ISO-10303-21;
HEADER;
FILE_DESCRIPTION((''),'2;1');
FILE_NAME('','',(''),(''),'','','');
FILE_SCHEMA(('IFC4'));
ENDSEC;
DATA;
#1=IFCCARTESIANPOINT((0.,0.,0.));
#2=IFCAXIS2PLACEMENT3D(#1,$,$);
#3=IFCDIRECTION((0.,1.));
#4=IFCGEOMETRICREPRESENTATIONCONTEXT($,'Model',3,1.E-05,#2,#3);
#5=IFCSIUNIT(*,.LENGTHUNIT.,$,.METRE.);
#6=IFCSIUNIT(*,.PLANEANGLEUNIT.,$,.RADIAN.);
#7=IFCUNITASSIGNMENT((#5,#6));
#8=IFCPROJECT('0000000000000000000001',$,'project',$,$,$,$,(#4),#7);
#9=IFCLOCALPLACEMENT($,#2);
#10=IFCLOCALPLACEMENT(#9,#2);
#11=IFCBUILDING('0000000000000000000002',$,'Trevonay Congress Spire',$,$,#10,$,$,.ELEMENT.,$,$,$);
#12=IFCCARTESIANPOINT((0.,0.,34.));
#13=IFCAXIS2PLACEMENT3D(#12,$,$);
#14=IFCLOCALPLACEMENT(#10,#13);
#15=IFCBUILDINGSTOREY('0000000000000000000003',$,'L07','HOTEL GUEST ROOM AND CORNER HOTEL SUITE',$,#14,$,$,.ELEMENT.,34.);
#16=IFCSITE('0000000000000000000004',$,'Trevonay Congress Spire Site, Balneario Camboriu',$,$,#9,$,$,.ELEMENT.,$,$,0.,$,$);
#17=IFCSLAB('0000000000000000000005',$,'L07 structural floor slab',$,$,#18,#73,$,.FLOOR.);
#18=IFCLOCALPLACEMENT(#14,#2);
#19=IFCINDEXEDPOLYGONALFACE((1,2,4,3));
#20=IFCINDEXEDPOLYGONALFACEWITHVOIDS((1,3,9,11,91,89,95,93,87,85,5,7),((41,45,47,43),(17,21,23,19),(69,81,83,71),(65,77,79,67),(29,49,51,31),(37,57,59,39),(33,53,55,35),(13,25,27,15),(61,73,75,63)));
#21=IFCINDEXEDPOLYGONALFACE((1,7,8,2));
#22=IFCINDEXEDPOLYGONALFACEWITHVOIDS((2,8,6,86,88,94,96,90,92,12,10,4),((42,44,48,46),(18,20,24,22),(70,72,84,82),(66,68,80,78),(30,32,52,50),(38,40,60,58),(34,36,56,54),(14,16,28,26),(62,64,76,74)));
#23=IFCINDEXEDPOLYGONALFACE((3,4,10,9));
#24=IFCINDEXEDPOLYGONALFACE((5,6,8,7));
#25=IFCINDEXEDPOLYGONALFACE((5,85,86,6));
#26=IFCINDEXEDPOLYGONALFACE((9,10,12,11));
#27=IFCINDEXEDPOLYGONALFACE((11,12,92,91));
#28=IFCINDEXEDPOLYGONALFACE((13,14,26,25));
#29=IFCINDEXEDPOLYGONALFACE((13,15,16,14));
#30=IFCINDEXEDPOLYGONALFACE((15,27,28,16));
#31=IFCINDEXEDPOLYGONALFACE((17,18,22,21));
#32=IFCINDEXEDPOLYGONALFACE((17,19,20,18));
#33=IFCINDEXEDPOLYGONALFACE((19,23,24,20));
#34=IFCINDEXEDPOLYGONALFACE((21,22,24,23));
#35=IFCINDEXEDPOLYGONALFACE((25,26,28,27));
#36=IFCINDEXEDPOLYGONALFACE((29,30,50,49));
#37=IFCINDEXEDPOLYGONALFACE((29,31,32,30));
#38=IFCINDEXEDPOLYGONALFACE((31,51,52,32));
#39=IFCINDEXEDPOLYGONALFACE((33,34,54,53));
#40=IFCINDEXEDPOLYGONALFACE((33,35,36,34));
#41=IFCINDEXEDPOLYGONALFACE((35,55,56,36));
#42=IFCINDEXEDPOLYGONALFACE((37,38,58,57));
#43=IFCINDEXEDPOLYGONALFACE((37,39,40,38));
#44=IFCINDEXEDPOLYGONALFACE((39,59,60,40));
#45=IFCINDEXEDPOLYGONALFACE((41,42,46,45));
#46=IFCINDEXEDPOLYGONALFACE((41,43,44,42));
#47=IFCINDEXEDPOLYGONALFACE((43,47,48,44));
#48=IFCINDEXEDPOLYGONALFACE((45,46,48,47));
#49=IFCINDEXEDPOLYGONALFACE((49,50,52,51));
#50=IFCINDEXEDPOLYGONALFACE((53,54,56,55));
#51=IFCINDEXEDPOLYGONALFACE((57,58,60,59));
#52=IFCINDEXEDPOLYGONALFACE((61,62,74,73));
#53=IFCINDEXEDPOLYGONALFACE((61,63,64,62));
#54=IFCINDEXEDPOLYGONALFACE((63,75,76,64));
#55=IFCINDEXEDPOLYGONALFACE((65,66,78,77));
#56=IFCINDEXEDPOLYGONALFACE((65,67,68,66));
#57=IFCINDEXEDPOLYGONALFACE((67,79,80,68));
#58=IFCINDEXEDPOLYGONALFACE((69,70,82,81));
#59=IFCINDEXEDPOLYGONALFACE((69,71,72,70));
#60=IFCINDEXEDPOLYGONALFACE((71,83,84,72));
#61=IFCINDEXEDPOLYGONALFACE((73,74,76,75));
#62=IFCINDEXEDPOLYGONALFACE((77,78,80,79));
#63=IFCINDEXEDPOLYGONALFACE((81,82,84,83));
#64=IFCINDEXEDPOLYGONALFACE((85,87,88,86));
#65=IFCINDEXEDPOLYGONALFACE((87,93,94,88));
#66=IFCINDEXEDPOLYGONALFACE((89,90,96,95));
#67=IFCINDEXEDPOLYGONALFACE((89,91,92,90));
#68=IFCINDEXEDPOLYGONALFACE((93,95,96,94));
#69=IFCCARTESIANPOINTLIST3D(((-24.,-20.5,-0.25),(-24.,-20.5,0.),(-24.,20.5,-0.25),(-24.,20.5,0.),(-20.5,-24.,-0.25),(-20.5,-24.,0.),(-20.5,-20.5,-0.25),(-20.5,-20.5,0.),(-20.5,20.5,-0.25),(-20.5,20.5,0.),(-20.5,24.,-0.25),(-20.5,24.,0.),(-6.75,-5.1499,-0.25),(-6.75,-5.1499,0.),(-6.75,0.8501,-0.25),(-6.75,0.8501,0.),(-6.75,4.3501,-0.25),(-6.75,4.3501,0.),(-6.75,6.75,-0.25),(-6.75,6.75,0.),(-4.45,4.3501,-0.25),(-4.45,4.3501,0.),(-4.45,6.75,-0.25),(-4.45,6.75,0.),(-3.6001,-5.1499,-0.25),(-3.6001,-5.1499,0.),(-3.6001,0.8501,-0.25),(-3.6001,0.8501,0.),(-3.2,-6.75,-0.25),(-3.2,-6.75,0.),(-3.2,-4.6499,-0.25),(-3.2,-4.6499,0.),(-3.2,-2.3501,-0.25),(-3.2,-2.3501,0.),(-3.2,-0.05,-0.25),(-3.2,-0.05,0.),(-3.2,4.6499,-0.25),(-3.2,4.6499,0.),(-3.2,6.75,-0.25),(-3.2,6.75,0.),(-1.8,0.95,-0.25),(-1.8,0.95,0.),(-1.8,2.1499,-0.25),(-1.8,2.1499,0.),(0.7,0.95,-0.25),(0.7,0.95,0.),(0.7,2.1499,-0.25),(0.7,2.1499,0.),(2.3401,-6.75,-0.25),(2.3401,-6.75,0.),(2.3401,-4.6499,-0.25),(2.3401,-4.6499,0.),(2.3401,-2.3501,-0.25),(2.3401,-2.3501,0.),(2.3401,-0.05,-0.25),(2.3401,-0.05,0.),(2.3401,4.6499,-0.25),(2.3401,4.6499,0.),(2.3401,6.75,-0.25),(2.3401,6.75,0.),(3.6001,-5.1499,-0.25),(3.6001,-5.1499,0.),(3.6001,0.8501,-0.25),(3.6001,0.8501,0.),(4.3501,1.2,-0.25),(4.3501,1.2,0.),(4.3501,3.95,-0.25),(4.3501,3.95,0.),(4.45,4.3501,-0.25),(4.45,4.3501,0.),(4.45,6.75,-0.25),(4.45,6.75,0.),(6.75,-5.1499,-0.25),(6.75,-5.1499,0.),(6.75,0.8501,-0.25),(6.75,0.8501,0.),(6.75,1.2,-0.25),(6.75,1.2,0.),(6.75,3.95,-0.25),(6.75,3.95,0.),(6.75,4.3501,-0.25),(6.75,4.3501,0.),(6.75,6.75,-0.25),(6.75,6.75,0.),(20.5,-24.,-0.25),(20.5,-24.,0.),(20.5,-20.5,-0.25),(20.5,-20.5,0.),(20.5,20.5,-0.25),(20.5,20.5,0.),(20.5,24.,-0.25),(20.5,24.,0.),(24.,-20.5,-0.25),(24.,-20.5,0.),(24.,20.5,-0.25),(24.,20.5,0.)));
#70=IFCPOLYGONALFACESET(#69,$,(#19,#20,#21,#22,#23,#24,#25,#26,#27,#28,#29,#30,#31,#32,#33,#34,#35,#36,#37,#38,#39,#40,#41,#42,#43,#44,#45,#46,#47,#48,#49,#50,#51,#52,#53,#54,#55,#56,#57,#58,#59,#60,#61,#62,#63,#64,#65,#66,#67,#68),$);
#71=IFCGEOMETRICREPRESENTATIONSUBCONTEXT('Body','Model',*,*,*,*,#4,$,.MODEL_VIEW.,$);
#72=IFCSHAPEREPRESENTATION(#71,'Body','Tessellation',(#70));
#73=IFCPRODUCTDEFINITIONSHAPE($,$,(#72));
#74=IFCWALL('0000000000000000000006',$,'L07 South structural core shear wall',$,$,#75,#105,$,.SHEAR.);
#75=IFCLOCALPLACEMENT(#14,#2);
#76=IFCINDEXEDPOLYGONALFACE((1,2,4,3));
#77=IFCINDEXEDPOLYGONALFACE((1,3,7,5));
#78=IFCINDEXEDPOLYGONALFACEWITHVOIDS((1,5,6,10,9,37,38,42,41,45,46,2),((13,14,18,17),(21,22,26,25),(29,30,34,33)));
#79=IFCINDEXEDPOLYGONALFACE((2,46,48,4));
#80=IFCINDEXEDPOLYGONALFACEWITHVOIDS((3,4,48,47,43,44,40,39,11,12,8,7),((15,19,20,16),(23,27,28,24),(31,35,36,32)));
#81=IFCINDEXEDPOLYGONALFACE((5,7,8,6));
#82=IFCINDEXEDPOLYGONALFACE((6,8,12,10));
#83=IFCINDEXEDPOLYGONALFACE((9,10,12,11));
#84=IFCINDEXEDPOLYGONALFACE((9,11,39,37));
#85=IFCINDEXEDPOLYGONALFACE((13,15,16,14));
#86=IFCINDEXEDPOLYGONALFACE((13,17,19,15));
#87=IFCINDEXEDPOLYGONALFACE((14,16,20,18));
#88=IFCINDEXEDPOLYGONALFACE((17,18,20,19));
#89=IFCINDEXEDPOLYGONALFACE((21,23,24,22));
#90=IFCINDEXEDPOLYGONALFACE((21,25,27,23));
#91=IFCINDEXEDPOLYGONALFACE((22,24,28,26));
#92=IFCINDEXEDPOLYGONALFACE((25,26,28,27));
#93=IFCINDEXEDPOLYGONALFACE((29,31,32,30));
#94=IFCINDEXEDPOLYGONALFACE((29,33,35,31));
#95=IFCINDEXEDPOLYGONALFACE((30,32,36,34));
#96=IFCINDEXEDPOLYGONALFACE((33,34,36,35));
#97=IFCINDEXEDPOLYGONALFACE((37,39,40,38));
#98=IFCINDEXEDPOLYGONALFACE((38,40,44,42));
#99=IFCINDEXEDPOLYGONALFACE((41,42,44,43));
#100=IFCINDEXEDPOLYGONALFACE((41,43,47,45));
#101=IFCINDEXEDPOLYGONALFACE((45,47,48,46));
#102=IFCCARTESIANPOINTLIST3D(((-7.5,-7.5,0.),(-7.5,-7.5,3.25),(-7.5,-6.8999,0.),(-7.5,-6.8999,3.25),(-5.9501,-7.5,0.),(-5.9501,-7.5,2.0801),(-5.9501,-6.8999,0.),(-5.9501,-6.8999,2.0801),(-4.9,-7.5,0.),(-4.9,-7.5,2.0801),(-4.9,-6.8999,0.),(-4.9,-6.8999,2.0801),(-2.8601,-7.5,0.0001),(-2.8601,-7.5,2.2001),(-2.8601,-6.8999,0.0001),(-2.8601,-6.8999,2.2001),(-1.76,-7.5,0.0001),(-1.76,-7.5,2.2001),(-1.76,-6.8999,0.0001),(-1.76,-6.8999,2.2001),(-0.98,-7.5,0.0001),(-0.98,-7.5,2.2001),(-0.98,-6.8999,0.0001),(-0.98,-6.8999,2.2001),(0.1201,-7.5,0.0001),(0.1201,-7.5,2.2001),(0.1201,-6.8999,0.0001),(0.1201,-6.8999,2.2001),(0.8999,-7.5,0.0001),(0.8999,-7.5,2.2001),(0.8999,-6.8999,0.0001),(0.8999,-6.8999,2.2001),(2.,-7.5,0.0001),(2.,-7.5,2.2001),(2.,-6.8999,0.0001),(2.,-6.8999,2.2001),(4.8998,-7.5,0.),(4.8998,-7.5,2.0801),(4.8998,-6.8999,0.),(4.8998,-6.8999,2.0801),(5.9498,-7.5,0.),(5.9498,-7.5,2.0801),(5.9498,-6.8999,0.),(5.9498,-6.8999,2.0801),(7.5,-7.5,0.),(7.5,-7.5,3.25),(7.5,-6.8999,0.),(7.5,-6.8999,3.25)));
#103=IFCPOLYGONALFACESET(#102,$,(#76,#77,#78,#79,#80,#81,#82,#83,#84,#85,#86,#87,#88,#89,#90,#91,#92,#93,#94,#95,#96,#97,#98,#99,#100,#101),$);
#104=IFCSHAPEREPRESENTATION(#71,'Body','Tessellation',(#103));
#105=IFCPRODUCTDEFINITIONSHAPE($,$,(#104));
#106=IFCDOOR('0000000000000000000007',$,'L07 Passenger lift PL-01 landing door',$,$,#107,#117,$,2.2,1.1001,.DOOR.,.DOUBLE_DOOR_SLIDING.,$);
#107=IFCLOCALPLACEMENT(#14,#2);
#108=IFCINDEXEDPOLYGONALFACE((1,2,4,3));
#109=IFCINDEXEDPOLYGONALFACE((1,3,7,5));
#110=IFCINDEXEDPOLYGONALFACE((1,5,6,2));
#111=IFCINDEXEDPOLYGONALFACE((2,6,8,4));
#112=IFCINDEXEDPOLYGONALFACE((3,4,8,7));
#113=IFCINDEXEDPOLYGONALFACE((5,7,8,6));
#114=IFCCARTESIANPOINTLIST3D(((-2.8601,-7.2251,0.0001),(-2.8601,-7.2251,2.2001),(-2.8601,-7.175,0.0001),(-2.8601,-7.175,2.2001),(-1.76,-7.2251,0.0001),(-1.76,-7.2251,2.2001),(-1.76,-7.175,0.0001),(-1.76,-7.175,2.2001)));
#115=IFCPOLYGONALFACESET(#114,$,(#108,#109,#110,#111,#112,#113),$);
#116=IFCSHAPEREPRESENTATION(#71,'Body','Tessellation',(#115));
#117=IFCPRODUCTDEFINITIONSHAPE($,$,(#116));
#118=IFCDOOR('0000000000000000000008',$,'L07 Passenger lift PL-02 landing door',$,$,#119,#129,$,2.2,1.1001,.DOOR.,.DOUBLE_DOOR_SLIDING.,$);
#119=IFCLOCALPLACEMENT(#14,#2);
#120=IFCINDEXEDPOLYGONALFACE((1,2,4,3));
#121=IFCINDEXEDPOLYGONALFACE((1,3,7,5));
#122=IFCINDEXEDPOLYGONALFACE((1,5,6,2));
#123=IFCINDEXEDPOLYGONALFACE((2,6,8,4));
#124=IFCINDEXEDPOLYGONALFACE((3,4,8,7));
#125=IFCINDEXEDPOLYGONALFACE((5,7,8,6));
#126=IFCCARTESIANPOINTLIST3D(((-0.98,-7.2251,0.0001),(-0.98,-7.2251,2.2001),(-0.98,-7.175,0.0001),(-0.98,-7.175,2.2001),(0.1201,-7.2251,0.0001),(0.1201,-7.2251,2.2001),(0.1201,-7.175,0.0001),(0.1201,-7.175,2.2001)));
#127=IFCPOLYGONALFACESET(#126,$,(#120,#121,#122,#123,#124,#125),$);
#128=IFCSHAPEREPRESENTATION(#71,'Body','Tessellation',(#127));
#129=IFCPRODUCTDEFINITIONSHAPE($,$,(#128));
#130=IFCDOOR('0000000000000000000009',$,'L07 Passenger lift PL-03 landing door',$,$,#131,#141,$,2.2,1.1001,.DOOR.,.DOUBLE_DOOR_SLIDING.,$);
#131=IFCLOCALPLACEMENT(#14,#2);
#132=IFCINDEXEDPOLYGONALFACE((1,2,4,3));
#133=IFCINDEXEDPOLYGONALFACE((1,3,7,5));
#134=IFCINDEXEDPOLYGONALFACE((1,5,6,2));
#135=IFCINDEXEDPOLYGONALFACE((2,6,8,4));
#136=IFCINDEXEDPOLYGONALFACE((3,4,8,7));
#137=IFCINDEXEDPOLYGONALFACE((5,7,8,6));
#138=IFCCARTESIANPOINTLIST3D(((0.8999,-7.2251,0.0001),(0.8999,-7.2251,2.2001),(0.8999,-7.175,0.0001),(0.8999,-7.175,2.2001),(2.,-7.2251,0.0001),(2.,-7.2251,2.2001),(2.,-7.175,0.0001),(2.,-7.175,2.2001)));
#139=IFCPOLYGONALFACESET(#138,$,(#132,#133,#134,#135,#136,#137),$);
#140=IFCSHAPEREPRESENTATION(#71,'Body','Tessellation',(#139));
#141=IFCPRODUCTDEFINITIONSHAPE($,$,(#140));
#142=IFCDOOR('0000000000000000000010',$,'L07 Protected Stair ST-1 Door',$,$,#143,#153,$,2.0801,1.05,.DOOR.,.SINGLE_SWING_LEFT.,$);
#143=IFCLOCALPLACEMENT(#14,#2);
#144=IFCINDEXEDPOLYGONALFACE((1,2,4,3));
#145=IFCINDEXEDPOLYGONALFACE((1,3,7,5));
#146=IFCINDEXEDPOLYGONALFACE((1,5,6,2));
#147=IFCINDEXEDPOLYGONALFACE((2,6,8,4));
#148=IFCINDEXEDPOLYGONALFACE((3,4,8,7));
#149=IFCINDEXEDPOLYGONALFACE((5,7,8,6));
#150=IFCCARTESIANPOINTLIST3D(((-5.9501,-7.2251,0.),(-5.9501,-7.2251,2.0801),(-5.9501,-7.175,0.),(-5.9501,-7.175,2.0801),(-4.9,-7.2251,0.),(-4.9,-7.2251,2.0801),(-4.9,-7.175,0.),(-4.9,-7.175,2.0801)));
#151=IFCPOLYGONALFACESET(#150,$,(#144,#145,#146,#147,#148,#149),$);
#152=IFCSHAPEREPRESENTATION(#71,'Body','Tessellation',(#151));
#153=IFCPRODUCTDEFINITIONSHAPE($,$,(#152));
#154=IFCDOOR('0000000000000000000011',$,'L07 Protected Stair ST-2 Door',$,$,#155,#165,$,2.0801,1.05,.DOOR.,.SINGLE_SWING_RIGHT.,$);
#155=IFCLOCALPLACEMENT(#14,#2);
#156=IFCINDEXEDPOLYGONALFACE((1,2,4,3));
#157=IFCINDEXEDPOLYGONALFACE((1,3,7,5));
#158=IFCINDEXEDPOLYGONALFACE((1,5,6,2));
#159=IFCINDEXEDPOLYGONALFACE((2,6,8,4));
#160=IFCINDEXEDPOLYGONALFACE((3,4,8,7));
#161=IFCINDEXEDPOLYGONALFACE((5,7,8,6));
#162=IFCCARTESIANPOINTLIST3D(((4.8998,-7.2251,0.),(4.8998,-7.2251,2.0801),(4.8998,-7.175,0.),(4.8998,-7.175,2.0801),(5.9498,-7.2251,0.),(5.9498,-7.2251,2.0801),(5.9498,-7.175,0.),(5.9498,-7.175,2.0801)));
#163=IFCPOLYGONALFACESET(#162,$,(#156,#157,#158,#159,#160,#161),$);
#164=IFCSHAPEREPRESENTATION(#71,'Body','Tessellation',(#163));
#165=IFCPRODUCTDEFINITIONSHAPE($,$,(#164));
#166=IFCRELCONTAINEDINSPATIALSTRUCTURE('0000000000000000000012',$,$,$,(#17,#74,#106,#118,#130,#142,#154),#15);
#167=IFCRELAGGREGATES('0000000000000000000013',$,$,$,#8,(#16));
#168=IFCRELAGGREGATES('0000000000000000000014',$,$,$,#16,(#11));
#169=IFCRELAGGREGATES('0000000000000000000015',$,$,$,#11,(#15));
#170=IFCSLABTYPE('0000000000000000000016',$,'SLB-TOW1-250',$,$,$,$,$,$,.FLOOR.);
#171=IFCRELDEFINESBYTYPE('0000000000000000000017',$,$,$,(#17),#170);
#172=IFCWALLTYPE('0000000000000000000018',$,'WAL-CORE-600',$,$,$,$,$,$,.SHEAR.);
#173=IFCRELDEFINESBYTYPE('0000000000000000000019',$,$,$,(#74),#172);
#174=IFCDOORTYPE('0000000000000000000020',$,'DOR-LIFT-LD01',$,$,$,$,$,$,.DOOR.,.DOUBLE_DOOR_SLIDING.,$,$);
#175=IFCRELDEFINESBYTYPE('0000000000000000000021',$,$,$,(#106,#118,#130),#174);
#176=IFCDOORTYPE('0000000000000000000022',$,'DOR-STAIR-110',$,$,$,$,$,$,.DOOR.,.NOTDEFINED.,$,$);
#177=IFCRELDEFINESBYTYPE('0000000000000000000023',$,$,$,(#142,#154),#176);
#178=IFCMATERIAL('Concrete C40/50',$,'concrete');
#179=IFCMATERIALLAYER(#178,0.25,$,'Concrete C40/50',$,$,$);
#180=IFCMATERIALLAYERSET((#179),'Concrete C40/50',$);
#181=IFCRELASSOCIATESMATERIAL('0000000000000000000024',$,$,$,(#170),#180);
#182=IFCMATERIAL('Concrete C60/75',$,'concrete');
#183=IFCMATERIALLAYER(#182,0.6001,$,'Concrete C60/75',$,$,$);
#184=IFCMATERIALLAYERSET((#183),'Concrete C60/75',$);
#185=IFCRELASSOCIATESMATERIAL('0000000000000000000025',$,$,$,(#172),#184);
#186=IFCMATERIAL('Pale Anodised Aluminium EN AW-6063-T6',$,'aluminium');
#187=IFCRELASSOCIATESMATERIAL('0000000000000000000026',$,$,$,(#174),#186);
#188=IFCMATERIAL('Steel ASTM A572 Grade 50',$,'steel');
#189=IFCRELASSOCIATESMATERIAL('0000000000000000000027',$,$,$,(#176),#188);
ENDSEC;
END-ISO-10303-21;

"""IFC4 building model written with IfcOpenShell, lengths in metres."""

from ifc_helpers import new_model, si_unit, direction, frame, frame_2d, origin, place, context, subcontext, project, spatial, polyline, rectangle, outline, extrude, material, layer, layer_set, type_object, element, fill, save


model = new_model("IFC4")

# Units and contexts
model_context = context("Model", 3, precision=1e-05, world=origin(), true_north=direction((0.0, 1.0)))
body_context = subcontext(model_context, "Body", "Model", "MODEL_VIEW")
ifc_project = project(units=[si_unit("LENGTHUNIT", "METRE"), si_unit("PLANEANGLEUNIT", "RADIAN")], contexts=[model_context])

# Site, building, storey
site_placement = place(None, origin())
site = spatial("IfcSite", under=ifc_project, at=site_placement, Name="Trevonay Congress Spire Site, Balneario Camboriu", CompositionType="ELEMENT", RefElevation=0.0)
building_placement = place(site_placement, origin())
building = spatial("IfcBuilding", under=site, at=building_placement, Name="Trevonay Congress Spire", CompositionType="ELEMENT")
storey_placement = place(building_placement, frame((0.0, 0.0, 34.0)))
storey = spatial("IfcBuildingStorey", under=building, at=storey_placement, Name="L07", Description="HOTEL GUEST ROOM AND CORNER HOTEL SUITE", CompositionType="ELEMENT", Elevation=34.0)

# Shared definitions
ifc_material_1 = material(Name="Steel ASTM A572 Grade 50", Category="steel")

# Shared definitions
ifc_material_2 = material(Name="Concrete C40/50", Category="concrete")

# Slab
ifc_layer_1 = layer(ifc_material_2, 0.25, Name="Concrete C40/50")
ifc_layer_set_1 = layer_set([ifc_layer_1], Name="Concrete C40/50")
slab_type_1 = type_object("IfcSlabType", Name="SLB-TOW1-250", PredefinedType="FLOOR", material=ifc_layer_set_1)
slab_1_placement = place(storey_placement, frame((0.0, 0.0, -0.25)))
element("IfcSlab", 1, at=slab_1_placement, inside=storey, type_object=slab_type_1, Name="L07 structural floor slab", PredefinedType="FLOOR", context=body_context, shape_type="SweptSolid", body=[
    extrude(outline(polyline([(-20.5, -24.0), (20.5, -24.0), (20.5, -20.5), (24.0, -20.5), (24.0, 20.5), (20.5, 20.5), (20.5, 24.0), (-20.5, 24.0), (-20.5, 20.5), (-24.0, 20.5), (-24.0, -20.5), (-20.5, -20.5), (-20.5, -24.0)]), holes=[polyline([(-3.6001, -5.1499), (-3.6001, 0.8501), (-6.75, 0.8501), (-6.75, -5.1499), (-3.6001, -5.1499)]), polyline([(6.75, -5.1499), (6.75, 0.8501), (3.6001, 0.8501), (3.6001, -5.1499), (6.75, -5.1499)]), polyline([(-3.2, -6.75), (2.3401, -6.75), (2.3401, -4.6499), (-3.2, -4.6499), (-3.2, -6.75)]), polyline([(-3.2, -2.3501), (2.3401, -2.3501), (2.3401, -0.05), (-3.2, -0.05), (-3.2, -2.3501)]), polyline([(-3.2, 4.6499), (2.3401, 4.6499), (2.3401, 6.75), (-3.2, 6.75), (-3.2, 4.6499)]), polyline([(-6.75, 4.3501), (-4.45, 4.3501), (-4.45, 6.75), (-6.75, 6.75), (-6.75, 4.3501)]), polyline([(4.45, 4.3501), (6.75, 4.3501), (6.75, 6.75), (4.45, 6.75), (4.45, 4.3501)]), polyline([(4.3501, 1.2), (6.75, 1.2), (6.75, 3.95), (4.3501, 3.95), (4.3501, 1.2)]), polyline([(-1.8, 0.95), (0.7, 0.95), (0.7, 2.1499), (-1.8, 2.1499), (-1.8, 0.95)])]), origin(), (0.0, 0.0, 1.0), 0.25),
])

# Wall, openings, doors
ifc_material_3 = material(Name="Concrete C60/75", Category="concrete")
ifc_layer_2 = layer(ifc_material_3, 0.6001, Name="Concrete C60/75")
ifc_layer_set_2 = layer_set([ifc_layer_2], Name="Concrete C60/75")
wall_type_1 = type_object("IfcWallType", Name="WAL-CORE-600", PredefinedType="SHEAR", material=ifc_layer_set_2)
wall_1_placement = place(storey_placement, frame((-7.5, -7.2, 0.0), z_axis=(0.0, 0.0, 1.0), x_axis=(1.0, 0.0, 0.0)))
wall_1 = element("IfcWall", 2, at=wall_1_placement, inside=storey, type_object=wall_type_1, Name="L07 South structural core shear wall", PredefinedType="SHEAR", context=body_context, shape_type="SweptSolid", body=[
    extrude(rectangle(XDim=15.0, YDim=0.6001, at=frame_2d((7.5, 0.0))), origin(), (0.0, 0.0, 1.0), 3.25),
])
opening_1_placement = place(wall_1_placement, frame((1.55, 0.0, 0.0)))
opening_1 = element("IfcOpeningElement", 3, at=opening_1_placement, cuts=wall_1, PredefinedType="OPENING", context=body_context, shape_type="SweptSolid", body=[
    extrude(rectangle(XDim=1.05, YDim=2.0801, at=frame_2d((0.5249, 1.04))), frame((0.0, 0.3101, 0.0), z_axis=(0.0, -1.0, 0.0), x_axis=(1.0, 0.0, 0.0)), (0.0, 0.0, 1.0), 0.6201),
])
opening_2_placement = place(wall_1_placement, frame((12.3999, 0.0, 0.0)))
opening_2 = element("IfcOpeningElement", 4, at=opening_2_placement, cuts=wall_1, PredefinedType="OPENING", context=body_context, shape_type="SweptSolid", body=[
    extrude(rectangle(XDim=1.05, YDim=2.0801, at=frame_2d((0.5249, 1.04))), frame((0.0, 0.3101, 0.0), z_axis=(0.0, -1.0, 0.0), x_axis=(1.0, 0.0, 0.0)), (0.0, 0.0, 1.0), 0.6201),
])
opening_3_placement = place(wall_1_placement, frame((4.6399, 0.0, 0.0)))
opening_3 = element("IfcOpeningElement", 5, at=opening_3_placement, cuts=wall_1, PredefinedType="OPENING", context=body_context, shape_type="SweptSolid", body=[
    extrude(rectangle(XDim=1.1001, YDim=2.2, at=frame_2d((0.55, 1.1001))), frame((0.0, 0.3101, 0.0), z_axis=(0.0, -1.0, 0.0), x_axis=(1.0, 0.0, 0.0)), (0.0, 0.0, 1.0), 0.6201),
])
opening_4_placement = place(wall_1_placement, frame((6.52, 0.0, 0.0)))
opening_4 = element("IfcOpeningElement", 6, at=opening_4_placement, cuts=wall_1, PredefinedType="OPENING", context=body_context, shape_type="SweptSolid", body=[
    extrude(rectangle(XDim=1.1001, YDim=2.2, at=frame_2d((0.55, 1.1001))), frame((0.0, 0.3101, 0.0), z_axis=(0.0, -1.0, 0.0), x_axis=(1.0, 0.0, 0.0)), (0.0, 0.0, 1.0), 0.6201),
])
opening_5_placement = place(wall_1_placement, frame((8.3999, 0.0, 0.0)))
opening_5 = element("IfcOpeningElement", 7, at=opening_5_placement, cuts=wall_1, PredefinedType="OPENING", context=body_context, shape_type="SweptSolid", body=[
    extrude(rectangle(XDim=1.1001, YDim=2.2, at=frame_2d((0.55, 1.1001))), frame((0.0, 0.3101, 0.0), z_axis=(0.0, -1.0, 0.0), x_axis=(1.0, 0.0, 0.0)), (0.0, 0.0, 1.0), 0.6201),
])
ifc_material_4 = material(Name="Pale Anodised Aluminium EN AW-6063-T6", Category="aluminium")
door_type_1 = type_object("IfcDoorType", Name="DOR-LIFT-LD01", OperationType="DOUBLE_DOOR_SLIDING", PredefinedType="DOOR", material=ifc_material_4)
door_1_placement = place(opening_3_placement, origin())
door_1 = element("IfcDoor", 8, at=door_1_placement, inside=storey, type_object=door_type_1, Name="L07 Passenger lift PL-01 landing door", OperationType="DOUBLE_DOOR_SLIDING", OverallHeight=2.2, OverallWidth=1.1001, PredefinedType="DOOR", context=body_context, shape_type="SweptSolid", body=[
    extrude(rectangle(XDim=1.1001, YDim=2.2, at=frame_2d((0.55, 1.1001))), frame((0.0, 0.0249, 0.0), z_axis=(0.0, -1.0, 0.0), x_axis=(1.0, 0.0, 0.0)), (0.0, 0.0, 1.0), 0.05),
])
fill(opening_3, door_1)
door_2_placement = place(opening_4_placement, origin())
door_2 = element("IfcDoor", 9, at=door_2_placement, inside=storey, type_object=door_type_1, Name="L07 Passenger lift PL-02 landing door", OperationType="DOUBLE_DOOR_SLIDING", OverallHeight=2.2, OverallWidth=1.1001, PredefinedType="DOOR", context=body_context, shape_type="SweptSolid", body=[
    extrude(rectangle(XDim=1.1001, YDim=2.2, at=frame_2d((0.55, 1.1001))), frame((0.0, 0.0249, 0.0), z_axis=(0.0, -1.0, 0.0), x_axis=(1.0, 0.0, 0.0)), (0.0, 0.0, 1.0), 0.05),
])
fill(opening_4, door_2)
door_3_placement = place(opening_5_placement, origin())
door_3 = element("IfcDoor", 10, at=door_3_placement, inside=storey, type_object=door_type_1, Name="L07 Passenger lift PL-03 landing door", OperationType="DOUBLE_DOOR_SLIDING", OverallHeight=2.2, OverallWidth=1.1001, PredefinedType="DOOR", context=body_context, shape_type="SweptSolid", body=[
    extrude(rectangle(XDim=1.1001, YDim=2.2, at=frame_2d((0.55, 1.1001))), frame((0.0, 0.0249, 0.0), z_axis=(0.0, -1.0, 0.0), x_axis=(1.0, 0.0, 0.0)), (0.0, 0.0, 1.0), 0.05),
])
fill(opening_5, door_3)
door_type_2 = type_object("IfcDoorType", Name="DOR-STAIR-110", OperationType="NOTDEFINED", PredefinedType="DOOR", material=ifc_material_1)
door_4_placement = place(opening_1_placement, origin())
door_4 = element("IfcDoor", 11, at=door_4_placement, inside=storey, type_object=door_type_2, Name="L07 Protected Stair ST-1 Door", OperationType="SINGLE_SWING_LEFT", OverallHeight=2.0801, OverallWidth=1.05, PredefinedType="DOOR", context=body_context, shape_type="SweptSolid", body=[
    extrude(rectangle(XDim=1.05, YDim=2.0801, at=frame_2d((0.5249, 1.04))), frame((0.0, 0.0249, 0.0), z_axis=(0.0, -1.0, 0.0), x_axis=(1.0, 0.0, 0.0)), (0.0, 0.0, 1.0), 0.05),
])
fill(opening_1, door_4)
door_5_placement = place(opening_2_placement, origin())
door_5 = element("IfcDoor", 12, at=door_5_placement, inside=storey, type_object=door_type_2, Name="L07 Protected Stair ST-2 Door", OperationType="SINGLE_SWING_RIGHT", OverallHeight=2.0801, OverallWidth=1.05, PredefinedType="DOOR", context=body_context, shape_type="SweptSolid", body=[
    extrude(rectangle(XDim=1.05, YDim=2.0801, at=frame_2d((0.5249, 1.04))), frame((0.0, 0.0249, 0.0), z_axis=(0.0, -1.0, 0.0), x_axis=(1.0, 0.0, 0.0)), (0.0, 0.0, 1.0), 0.05),
])
fill(opening_2, door_5)

save(model, "model.ifc")
